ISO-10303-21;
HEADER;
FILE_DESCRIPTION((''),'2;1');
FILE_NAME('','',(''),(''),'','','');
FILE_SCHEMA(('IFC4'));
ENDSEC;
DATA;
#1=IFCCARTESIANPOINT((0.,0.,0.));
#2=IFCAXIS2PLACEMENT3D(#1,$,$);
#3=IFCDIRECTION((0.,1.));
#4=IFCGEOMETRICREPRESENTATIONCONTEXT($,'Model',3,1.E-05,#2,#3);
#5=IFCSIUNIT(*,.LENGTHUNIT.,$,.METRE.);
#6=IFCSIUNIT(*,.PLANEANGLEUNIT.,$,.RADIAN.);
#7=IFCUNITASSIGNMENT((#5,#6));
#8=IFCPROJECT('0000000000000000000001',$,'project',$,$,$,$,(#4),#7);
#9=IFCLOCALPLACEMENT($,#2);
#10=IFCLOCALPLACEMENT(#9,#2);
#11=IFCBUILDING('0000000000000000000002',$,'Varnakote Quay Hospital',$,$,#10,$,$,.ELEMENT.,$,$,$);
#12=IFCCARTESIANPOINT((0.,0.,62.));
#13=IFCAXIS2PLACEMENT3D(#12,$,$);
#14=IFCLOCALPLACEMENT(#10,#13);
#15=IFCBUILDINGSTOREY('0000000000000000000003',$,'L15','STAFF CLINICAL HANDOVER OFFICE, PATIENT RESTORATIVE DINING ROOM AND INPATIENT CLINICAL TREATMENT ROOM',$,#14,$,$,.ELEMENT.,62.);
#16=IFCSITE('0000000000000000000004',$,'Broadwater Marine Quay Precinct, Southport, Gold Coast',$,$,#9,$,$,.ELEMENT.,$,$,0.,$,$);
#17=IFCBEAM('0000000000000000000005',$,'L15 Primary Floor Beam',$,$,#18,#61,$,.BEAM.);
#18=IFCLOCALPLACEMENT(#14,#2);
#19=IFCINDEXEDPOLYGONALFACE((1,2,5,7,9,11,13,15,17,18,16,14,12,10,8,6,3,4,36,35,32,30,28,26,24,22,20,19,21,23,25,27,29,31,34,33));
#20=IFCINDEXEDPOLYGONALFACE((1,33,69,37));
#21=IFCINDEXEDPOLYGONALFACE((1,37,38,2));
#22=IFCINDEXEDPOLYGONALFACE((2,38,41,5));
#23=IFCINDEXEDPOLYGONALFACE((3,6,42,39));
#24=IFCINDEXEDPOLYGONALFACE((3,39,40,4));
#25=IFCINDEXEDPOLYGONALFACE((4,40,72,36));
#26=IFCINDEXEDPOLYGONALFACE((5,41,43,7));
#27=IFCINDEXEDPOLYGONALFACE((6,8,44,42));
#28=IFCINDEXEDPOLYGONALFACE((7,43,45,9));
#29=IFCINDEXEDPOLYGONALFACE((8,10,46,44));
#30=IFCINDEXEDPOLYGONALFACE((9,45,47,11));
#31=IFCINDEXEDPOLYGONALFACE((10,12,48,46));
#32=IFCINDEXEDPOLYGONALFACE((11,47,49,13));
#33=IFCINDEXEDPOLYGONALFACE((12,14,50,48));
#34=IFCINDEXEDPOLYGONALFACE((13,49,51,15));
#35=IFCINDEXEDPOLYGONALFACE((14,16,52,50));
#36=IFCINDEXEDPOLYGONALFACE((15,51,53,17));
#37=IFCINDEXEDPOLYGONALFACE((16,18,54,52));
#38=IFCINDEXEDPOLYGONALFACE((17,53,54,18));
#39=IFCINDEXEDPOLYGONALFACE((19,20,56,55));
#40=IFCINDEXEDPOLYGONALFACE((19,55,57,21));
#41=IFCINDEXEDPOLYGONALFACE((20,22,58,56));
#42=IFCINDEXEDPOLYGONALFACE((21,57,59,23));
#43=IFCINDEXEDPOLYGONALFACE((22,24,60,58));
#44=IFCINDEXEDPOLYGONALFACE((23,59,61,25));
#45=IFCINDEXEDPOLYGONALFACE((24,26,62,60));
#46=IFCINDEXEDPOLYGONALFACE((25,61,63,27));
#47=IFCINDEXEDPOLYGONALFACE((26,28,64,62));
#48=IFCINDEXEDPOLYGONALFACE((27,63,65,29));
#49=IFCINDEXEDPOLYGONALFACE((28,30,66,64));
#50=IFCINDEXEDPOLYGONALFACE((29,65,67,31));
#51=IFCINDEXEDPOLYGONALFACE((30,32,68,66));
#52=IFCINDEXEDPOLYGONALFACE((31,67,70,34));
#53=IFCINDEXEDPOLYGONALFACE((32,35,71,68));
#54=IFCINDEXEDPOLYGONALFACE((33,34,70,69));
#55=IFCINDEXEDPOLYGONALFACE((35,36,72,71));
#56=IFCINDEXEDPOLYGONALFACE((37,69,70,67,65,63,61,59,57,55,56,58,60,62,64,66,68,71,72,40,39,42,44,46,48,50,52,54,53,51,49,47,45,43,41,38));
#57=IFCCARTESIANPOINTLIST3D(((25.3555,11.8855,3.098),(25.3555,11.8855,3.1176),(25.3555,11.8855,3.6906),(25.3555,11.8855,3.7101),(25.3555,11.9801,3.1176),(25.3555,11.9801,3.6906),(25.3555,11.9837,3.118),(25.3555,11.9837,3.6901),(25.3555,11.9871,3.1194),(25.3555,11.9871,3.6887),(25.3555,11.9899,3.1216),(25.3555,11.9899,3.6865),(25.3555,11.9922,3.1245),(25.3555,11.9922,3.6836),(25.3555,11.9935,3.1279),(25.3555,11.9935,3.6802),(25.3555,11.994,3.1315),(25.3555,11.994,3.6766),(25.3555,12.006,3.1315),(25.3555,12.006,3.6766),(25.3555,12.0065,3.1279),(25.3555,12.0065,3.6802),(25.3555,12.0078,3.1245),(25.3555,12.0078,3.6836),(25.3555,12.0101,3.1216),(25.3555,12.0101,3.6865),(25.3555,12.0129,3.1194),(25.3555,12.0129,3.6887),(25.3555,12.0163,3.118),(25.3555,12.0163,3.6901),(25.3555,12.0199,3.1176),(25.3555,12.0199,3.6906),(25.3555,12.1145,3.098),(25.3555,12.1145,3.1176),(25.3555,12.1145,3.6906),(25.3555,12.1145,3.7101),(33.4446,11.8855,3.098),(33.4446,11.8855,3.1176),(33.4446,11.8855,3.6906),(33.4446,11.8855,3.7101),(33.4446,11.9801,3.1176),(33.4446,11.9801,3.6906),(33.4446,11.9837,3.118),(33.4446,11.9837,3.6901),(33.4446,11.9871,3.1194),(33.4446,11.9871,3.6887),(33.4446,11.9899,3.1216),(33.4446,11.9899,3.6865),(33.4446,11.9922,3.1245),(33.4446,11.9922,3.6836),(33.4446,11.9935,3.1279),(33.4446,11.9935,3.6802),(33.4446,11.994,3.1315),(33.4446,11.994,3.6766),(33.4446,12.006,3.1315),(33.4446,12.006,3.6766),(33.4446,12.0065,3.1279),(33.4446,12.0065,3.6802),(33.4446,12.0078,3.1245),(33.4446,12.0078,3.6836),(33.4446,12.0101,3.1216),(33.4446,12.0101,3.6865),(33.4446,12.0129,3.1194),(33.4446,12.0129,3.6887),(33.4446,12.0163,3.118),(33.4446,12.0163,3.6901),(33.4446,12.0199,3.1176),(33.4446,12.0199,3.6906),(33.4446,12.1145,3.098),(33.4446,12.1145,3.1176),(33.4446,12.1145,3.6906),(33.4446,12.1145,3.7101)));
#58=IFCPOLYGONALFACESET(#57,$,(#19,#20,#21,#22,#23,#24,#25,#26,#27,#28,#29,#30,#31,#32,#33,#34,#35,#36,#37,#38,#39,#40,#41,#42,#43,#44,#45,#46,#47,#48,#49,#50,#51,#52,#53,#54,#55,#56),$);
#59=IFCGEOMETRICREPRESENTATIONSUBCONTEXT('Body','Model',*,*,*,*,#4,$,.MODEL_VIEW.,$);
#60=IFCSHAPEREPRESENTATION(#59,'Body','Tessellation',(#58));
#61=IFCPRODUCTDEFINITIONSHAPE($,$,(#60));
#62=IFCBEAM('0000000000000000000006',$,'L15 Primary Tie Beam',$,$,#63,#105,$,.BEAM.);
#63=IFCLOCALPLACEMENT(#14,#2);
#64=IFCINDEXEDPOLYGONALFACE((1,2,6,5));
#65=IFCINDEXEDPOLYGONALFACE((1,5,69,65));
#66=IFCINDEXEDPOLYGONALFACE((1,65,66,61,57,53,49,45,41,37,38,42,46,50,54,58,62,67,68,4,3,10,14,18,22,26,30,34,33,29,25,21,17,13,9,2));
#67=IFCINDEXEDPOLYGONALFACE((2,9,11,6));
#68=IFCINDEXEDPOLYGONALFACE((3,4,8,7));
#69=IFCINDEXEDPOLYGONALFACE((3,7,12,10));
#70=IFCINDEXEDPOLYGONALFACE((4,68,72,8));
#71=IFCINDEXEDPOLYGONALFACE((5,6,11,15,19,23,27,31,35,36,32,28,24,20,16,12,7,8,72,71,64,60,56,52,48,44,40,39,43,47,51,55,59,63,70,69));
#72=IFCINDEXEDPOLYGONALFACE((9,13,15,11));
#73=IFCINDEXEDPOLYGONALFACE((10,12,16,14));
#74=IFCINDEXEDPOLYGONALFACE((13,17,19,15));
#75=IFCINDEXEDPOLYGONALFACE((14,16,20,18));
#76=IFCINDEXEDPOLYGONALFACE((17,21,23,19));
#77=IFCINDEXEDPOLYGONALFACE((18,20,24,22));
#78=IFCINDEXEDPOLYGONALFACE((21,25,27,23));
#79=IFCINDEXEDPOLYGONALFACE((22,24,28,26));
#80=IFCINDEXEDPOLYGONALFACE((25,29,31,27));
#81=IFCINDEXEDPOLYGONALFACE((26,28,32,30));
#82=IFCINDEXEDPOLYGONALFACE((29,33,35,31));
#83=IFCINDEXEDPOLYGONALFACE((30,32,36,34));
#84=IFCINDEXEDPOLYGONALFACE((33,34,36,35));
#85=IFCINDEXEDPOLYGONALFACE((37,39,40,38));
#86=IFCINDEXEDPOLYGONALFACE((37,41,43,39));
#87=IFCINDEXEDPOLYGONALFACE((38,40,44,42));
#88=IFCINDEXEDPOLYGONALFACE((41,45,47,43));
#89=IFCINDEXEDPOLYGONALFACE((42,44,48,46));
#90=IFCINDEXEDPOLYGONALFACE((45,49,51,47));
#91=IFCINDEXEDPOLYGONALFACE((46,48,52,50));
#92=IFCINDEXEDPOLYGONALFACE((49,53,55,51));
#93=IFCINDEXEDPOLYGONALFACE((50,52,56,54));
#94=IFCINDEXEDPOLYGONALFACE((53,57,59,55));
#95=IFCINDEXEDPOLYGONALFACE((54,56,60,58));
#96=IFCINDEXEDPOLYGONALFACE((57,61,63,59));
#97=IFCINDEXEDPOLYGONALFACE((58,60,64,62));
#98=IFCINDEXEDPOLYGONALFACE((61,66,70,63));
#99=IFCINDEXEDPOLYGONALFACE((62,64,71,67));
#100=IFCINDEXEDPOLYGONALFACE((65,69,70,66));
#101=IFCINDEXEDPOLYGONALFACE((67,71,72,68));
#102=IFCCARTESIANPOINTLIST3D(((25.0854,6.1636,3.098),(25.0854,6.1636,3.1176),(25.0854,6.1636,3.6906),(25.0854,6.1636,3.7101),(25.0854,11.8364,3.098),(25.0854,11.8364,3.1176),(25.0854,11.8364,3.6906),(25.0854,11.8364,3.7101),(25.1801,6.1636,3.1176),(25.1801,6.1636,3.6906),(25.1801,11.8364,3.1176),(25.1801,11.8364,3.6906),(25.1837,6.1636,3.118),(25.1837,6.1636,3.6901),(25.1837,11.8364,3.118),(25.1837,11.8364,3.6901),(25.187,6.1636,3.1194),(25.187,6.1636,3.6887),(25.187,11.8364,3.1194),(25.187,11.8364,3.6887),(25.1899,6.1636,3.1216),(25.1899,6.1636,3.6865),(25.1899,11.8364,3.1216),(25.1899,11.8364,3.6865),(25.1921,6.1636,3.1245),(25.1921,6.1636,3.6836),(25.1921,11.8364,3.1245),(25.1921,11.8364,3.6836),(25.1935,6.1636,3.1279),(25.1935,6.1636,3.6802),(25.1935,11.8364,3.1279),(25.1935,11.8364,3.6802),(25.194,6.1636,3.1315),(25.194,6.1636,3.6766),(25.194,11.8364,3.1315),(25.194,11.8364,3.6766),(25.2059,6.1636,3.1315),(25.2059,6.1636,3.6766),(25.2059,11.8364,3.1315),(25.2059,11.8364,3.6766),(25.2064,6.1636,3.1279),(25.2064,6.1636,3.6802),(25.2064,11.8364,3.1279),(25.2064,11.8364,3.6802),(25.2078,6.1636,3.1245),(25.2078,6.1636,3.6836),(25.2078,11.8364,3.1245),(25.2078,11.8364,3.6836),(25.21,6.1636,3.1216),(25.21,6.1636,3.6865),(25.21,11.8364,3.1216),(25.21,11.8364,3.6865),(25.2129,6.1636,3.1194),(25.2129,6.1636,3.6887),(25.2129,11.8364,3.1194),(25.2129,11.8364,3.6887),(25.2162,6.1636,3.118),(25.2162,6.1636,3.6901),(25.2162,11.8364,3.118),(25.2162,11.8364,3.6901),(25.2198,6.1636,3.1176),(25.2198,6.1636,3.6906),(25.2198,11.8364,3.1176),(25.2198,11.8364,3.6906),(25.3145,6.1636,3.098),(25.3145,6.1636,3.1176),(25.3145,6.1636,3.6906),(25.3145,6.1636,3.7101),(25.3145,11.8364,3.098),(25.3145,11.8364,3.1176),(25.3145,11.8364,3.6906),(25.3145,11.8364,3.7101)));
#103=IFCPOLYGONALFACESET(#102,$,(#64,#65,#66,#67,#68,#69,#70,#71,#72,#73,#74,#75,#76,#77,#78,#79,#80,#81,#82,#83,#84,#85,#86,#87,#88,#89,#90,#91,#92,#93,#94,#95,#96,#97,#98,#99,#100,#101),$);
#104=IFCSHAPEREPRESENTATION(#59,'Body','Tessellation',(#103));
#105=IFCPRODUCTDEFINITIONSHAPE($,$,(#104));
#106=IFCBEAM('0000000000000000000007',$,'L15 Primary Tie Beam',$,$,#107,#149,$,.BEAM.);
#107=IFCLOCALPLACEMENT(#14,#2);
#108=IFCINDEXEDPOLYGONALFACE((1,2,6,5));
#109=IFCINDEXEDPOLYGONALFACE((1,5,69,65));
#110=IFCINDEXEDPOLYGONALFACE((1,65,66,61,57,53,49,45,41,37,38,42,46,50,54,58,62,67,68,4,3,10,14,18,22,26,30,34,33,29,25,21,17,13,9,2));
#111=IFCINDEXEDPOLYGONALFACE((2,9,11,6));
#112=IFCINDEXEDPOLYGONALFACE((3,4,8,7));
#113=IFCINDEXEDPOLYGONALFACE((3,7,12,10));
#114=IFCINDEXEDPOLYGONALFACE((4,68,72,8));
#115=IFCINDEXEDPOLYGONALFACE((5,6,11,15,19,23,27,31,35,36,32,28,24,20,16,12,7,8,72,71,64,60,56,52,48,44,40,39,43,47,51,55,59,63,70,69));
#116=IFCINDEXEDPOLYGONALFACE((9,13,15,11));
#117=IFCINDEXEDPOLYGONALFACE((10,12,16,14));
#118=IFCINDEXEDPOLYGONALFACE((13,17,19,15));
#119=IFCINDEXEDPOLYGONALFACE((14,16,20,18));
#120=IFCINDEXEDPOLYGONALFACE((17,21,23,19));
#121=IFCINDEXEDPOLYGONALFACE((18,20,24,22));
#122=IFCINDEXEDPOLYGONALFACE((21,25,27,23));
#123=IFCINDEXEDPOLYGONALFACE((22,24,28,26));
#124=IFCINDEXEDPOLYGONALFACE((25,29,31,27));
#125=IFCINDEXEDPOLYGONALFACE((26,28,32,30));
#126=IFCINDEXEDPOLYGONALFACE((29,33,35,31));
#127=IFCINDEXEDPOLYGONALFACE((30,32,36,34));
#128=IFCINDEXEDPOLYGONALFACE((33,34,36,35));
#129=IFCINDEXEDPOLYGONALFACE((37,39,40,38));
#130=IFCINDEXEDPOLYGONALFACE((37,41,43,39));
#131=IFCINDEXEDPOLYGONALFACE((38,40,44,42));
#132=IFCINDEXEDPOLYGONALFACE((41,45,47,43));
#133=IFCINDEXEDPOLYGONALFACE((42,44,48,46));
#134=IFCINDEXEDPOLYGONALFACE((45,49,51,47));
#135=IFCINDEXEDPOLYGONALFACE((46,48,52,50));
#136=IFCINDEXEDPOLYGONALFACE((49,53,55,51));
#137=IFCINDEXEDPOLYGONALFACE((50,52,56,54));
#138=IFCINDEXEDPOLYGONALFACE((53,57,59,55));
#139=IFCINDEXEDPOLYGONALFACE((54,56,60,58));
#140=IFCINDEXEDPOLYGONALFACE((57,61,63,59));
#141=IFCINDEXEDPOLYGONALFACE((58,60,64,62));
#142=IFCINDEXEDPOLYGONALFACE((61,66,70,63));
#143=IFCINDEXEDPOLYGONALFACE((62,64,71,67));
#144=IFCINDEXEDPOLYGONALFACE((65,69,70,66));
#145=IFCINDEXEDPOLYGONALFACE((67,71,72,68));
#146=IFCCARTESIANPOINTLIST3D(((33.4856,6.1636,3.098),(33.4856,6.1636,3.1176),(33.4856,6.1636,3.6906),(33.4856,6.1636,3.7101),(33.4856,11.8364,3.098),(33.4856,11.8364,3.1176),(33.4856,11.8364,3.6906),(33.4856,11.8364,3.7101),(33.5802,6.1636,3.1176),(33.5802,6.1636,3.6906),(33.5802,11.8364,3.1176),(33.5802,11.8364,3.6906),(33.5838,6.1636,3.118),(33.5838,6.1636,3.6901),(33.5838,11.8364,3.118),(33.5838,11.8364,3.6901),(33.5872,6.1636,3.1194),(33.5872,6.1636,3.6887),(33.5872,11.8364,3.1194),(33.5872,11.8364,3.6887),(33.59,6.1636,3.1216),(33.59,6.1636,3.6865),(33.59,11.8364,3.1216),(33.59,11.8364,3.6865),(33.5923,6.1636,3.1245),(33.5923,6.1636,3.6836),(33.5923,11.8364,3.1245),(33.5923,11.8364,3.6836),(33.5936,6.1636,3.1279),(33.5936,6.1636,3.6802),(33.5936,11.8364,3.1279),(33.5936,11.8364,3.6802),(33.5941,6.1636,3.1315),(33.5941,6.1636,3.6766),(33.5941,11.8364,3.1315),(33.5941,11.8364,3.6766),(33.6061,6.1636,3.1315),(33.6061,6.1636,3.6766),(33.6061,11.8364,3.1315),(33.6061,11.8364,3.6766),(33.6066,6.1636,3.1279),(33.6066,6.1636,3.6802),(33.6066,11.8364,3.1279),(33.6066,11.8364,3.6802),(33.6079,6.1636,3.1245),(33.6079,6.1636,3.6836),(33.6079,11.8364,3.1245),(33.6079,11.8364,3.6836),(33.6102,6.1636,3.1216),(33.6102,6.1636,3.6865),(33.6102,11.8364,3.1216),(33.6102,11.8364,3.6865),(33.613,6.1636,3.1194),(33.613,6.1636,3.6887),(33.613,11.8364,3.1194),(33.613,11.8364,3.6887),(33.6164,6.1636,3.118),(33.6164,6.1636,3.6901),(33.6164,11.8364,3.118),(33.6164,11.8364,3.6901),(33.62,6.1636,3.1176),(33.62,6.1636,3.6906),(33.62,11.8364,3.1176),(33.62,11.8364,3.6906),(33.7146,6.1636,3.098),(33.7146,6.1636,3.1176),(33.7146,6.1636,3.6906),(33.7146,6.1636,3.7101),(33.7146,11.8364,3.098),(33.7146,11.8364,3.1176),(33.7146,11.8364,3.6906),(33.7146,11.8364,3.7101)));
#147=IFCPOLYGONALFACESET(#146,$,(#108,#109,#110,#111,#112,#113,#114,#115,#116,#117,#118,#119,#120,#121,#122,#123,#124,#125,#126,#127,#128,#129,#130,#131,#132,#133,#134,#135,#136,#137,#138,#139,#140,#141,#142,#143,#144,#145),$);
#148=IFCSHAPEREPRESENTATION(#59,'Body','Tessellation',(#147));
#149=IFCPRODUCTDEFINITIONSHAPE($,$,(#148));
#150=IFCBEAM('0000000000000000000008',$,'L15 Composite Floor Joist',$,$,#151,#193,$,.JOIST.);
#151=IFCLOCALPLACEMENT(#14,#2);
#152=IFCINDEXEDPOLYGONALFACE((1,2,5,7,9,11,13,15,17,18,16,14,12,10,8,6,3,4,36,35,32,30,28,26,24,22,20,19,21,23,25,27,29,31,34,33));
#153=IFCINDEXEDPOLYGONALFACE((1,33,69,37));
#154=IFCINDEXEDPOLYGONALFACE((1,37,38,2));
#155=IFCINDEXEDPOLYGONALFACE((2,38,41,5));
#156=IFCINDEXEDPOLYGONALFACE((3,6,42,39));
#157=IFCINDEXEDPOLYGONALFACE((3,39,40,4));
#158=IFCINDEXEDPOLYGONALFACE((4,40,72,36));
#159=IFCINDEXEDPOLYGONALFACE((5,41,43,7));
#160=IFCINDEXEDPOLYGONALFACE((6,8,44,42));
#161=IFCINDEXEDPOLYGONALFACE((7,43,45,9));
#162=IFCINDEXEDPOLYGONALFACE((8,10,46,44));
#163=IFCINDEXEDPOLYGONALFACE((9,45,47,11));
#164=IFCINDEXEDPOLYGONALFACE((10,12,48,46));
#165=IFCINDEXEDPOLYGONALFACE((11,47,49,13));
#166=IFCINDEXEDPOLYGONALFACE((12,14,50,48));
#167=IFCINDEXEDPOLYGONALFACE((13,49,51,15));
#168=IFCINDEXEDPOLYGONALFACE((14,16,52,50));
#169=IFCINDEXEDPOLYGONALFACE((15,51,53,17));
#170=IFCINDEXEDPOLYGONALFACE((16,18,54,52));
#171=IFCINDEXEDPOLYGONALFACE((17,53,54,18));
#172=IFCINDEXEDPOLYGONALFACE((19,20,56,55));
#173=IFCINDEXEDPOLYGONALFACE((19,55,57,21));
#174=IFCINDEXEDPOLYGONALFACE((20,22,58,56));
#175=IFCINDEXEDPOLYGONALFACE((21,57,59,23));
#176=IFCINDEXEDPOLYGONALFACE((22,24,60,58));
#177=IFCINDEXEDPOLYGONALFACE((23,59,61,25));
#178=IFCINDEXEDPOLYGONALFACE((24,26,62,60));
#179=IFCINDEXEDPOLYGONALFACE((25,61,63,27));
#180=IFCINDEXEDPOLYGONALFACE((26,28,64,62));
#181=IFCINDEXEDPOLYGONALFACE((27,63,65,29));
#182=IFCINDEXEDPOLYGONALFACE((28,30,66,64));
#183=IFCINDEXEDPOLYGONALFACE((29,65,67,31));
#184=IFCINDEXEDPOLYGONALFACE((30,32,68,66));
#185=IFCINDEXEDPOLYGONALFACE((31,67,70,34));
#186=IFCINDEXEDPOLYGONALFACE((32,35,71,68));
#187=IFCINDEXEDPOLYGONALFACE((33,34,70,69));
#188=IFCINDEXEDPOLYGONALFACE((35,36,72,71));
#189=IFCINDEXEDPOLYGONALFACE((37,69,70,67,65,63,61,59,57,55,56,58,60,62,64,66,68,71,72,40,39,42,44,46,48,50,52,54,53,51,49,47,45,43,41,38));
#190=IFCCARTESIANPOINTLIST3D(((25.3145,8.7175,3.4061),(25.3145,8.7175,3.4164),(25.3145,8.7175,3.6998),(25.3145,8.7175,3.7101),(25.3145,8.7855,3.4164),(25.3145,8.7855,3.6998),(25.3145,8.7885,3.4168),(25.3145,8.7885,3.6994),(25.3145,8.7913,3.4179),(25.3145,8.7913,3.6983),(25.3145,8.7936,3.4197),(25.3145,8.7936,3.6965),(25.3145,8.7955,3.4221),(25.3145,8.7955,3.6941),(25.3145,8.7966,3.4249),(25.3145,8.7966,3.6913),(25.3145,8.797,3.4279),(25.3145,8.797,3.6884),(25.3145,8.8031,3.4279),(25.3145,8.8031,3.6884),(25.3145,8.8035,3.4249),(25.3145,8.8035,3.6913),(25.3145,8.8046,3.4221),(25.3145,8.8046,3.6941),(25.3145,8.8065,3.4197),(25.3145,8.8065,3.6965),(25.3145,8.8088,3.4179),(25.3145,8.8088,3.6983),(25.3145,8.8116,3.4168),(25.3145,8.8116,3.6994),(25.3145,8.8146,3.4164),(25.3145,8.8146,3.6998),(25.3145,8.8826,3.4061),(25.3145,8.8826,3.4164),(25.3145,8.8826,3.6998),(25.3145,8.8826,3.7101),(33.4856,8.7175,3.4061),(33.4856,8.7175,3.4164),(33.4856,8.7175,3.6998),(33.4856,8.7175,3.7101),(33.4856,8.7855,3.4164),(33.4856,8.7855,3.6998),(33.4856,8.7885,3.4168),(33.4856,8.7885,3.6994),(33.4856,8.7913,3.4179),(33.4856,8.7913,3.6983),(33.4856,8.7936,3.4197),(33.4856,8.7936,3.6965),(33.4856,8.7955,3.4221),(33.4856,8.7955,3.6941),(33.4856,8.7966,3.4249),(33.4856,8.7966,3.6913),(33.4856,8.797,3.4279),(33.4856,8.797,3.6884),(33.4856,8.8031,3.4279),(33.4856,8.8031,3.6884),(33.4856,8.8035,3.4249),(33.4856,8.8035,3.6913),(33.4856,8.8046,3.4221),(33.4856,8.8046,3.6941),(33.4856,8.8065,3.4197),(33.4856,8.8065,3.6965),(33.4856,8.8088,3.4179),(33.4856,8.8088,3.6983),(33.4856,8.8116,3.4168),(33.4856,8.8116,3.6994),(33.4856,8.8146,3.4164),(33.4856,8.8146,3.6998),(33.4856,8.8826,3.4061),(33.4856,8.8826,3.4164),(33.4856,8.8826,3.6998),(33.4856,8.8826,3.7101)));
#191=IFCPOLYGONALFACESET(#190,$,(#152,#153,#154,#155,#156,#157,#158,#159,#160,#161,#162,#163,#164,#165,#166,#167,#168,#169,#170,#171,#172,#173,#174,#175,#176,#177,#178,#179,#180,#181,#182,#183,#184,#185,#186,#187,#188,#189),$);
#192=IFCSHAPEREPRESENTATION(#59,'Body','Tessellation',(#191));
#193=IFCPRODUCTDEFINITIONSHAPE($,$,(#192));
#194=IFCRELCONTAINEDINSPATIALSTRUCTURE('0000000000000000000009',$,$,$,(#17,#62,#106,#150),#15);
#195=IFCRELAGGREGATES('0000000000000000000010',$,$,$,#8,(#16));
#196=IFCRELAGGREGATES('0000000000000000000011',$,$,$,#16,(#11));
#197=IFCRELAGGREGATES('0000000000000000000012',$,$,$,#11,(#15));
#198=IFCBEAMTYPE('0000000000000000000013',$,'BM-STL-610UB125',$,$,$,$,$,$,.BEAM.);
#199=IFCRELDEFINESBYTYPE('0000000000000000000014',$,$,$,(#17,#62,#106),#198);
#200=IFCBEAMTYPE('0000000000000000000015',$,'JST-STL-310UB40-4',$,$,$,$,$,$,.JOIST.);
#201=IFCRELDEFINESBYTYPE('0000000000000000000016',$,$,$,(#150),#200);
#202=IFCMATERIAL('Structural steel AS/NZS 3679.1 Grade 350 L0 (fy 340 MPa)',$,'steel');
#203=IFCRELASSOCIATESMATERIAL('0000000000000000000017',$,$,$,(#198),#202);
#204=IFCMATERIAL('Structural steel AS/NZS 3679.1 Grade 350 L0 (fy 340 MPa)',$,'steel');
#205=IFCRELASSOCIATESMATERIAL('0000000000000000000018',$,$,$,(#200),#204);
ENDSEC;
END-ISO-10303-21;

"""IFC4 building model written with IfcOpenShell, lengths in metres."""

from ifc_helpers import new_model, si_unit, direction, frame, origin, origin_2d, place, context, subcontext, project, spatial, i_section, extrude, material, material_profile, profile_set, type_object, element, save


model = new_model("IFC4")

# Units and contexts
model_context = context("Model", 3, precision=1e-05, world=origin(), true_north=direction((0.0, 1.0)))
body_context = subcontext(model_context, "Body", "Model", "MODEL_VIEW")
ifc_project = project(units=[si_unit("LENGTHUNIT", "METRE"), si_unit("PLANEANGLEUNIT", "RADIAN")], contexts=[model_context])

# Site, building, storey
site_placement = place(None, origin())
site = spatial("IfcSite", under=ifc_project, at=site_placement, Name="Broadwater Marine Quay Precinct, Southport, Gold Coast", CompositionType="ELEMENT", RefElevation=0.0)
building_placement = place(site_placement, origin())
building = spatial("IfcBuilding", under=site, at=building_placement, Name="Varnakote Quay Hospital", CompositionType="ELEMENT")
storey_placement = place(building_placement, frame((0.0, 0.0, 62.0)))
storey = spatial("IfcBuildingStorey", under=building, at=storey_placement, Name="L15", Description="STAFF CLINICAL HANDOVER OFFICE, PATIENT RESTORATIVE DINING ROOM AND INPATIENT CLINICAL TREATMENT ROOM", CompositionType="ELEMENT", Elevation=62.0)

# Beams
ifc_material_1 = material(Name="Structural steel AS/NZS 3679.1 Grade 350 L0 (fy 340 MPa)", Category="steel")
ifc_material_profile_1 = material_profile(ifc_material_1, i_section(OverallWidth=0.229, OverallDepth=0.6121, WebThickness=0.012, FlangeThickness=0.0195, FilletRadius=0.0139, at=origin_2d()), Name="610UB125")
ifc_profile_set_1 = profile_set([ifc_material_profile_1], Name="Structural steel AS/NZS 3679.1 Grade 350 L0 (fy 340 MPa)")
beam_type_1 = type_object("IfcBeamType", Name="BM-STL-610UB125", PredefinedType="BEAM", material=ifc_profile_set_1)
beam_1_placement = place(storey_placement, frame((25.3555, 12.0, 3.4041), z_axis=(1.0, 0.0, 0.0), x_axis=(0.0, 1.0, 0.0)))
element("IfcBeam", 1, at=beam_1_placement, inside=storey, type_object=beam_type_1, Name="L15 Primary Floor Beam", PredefinedType="BEAM", context=body_context, shape_type="SweptSolid", body=[
    extrude(i_section(OverallWidth=0.229, OverallDepth=0.6121, WebThickness=0.012, FlangeThickness=0.0195, FilletRadius=0.0139, at=origin_2d()), origin(), (0.0, 0.0, 1.0), 8.0891),
])
for number, where, z_axis, x_axis, name in (
    (2, (25.2, 6.1636, 3.4041), (0.0, 1.0, 0.0), (-1.0, 0.0, 0.0), "L15 Primary Tie Beam"),
    (3, (33.6001, 6.1636, 3.4041), (0.0, 1.0, 0.0), (-1.0, 0.0, 0.0), "L15 Primary Tie Beam"),
):
    element("IfcBeam", number, at=place(storey_placement, frame(where, z_axis=z_axis, x_axis=x_axis)), inside=storey, type_object=beam_type_1, Name=name, PredefinedType="BEAM", context=body_context, shape_type="SweptSolid", body=[
        extrude(i_section(OverallWidth=0.229, OverallDepth=0.6121, WebThickness=0.012, FlangeThickness=0.0195, FilletRadius=0.0139, at=origin_2d()), origin(), (0.0, 0.0, 1.0), 5.6729),
    ])
ifc_material_2 = material(Name="Structural steel AS/NZS 3679.1 Grade 350 L0 (fy 340 MPa)", Category="steel")
ifc_material_profile_2 = material_profile(ifc_material_2, i_section(OverallWidth=0.165, OverallDepth=0.304, WebThickness=0.0061, FlangeThickness=0.0103, FilletRadius=0.0115, at=origin_2d()), Name="310UB40.4")
ifc_profile_set_2 = profile_set([ifc_material_profile_2], Name="Structural steel AS/NZS 3679.1 Grade 350 L0 (fy 340 MPa)")
beam_type_2 = type_object("IfcBeamType", Name="JST-STL-310UB40-4", PredefinedType="JOIST", material=ifc_profile_set_2)
beam_2_placement = place(storey_placement, frame((25.3145, 8.8, 3.5581), z_axis=(1.0, 0.0, 0.0), x_axis=(0.0, 1.0, 0.0)))
element("IfcBeam", 4, at=beam_2_placement, inside=storey, type_object=beam_type_2, Name="L15 Composite Floor Joist", PredefinedType="JOIST", context=body_context, shape_type="SweptSolid", body=[
    extrude(i_section(OverallWidth=0.165, OverallDepth=0.304, WebThickness=0.0061, FlangeThickness=0.0103, FilletRadius=0.0115, at=origin_2d()), origin(), (0.0, 0.0, 1.0), 8.1711),
])

save(model, "model.ifc")
